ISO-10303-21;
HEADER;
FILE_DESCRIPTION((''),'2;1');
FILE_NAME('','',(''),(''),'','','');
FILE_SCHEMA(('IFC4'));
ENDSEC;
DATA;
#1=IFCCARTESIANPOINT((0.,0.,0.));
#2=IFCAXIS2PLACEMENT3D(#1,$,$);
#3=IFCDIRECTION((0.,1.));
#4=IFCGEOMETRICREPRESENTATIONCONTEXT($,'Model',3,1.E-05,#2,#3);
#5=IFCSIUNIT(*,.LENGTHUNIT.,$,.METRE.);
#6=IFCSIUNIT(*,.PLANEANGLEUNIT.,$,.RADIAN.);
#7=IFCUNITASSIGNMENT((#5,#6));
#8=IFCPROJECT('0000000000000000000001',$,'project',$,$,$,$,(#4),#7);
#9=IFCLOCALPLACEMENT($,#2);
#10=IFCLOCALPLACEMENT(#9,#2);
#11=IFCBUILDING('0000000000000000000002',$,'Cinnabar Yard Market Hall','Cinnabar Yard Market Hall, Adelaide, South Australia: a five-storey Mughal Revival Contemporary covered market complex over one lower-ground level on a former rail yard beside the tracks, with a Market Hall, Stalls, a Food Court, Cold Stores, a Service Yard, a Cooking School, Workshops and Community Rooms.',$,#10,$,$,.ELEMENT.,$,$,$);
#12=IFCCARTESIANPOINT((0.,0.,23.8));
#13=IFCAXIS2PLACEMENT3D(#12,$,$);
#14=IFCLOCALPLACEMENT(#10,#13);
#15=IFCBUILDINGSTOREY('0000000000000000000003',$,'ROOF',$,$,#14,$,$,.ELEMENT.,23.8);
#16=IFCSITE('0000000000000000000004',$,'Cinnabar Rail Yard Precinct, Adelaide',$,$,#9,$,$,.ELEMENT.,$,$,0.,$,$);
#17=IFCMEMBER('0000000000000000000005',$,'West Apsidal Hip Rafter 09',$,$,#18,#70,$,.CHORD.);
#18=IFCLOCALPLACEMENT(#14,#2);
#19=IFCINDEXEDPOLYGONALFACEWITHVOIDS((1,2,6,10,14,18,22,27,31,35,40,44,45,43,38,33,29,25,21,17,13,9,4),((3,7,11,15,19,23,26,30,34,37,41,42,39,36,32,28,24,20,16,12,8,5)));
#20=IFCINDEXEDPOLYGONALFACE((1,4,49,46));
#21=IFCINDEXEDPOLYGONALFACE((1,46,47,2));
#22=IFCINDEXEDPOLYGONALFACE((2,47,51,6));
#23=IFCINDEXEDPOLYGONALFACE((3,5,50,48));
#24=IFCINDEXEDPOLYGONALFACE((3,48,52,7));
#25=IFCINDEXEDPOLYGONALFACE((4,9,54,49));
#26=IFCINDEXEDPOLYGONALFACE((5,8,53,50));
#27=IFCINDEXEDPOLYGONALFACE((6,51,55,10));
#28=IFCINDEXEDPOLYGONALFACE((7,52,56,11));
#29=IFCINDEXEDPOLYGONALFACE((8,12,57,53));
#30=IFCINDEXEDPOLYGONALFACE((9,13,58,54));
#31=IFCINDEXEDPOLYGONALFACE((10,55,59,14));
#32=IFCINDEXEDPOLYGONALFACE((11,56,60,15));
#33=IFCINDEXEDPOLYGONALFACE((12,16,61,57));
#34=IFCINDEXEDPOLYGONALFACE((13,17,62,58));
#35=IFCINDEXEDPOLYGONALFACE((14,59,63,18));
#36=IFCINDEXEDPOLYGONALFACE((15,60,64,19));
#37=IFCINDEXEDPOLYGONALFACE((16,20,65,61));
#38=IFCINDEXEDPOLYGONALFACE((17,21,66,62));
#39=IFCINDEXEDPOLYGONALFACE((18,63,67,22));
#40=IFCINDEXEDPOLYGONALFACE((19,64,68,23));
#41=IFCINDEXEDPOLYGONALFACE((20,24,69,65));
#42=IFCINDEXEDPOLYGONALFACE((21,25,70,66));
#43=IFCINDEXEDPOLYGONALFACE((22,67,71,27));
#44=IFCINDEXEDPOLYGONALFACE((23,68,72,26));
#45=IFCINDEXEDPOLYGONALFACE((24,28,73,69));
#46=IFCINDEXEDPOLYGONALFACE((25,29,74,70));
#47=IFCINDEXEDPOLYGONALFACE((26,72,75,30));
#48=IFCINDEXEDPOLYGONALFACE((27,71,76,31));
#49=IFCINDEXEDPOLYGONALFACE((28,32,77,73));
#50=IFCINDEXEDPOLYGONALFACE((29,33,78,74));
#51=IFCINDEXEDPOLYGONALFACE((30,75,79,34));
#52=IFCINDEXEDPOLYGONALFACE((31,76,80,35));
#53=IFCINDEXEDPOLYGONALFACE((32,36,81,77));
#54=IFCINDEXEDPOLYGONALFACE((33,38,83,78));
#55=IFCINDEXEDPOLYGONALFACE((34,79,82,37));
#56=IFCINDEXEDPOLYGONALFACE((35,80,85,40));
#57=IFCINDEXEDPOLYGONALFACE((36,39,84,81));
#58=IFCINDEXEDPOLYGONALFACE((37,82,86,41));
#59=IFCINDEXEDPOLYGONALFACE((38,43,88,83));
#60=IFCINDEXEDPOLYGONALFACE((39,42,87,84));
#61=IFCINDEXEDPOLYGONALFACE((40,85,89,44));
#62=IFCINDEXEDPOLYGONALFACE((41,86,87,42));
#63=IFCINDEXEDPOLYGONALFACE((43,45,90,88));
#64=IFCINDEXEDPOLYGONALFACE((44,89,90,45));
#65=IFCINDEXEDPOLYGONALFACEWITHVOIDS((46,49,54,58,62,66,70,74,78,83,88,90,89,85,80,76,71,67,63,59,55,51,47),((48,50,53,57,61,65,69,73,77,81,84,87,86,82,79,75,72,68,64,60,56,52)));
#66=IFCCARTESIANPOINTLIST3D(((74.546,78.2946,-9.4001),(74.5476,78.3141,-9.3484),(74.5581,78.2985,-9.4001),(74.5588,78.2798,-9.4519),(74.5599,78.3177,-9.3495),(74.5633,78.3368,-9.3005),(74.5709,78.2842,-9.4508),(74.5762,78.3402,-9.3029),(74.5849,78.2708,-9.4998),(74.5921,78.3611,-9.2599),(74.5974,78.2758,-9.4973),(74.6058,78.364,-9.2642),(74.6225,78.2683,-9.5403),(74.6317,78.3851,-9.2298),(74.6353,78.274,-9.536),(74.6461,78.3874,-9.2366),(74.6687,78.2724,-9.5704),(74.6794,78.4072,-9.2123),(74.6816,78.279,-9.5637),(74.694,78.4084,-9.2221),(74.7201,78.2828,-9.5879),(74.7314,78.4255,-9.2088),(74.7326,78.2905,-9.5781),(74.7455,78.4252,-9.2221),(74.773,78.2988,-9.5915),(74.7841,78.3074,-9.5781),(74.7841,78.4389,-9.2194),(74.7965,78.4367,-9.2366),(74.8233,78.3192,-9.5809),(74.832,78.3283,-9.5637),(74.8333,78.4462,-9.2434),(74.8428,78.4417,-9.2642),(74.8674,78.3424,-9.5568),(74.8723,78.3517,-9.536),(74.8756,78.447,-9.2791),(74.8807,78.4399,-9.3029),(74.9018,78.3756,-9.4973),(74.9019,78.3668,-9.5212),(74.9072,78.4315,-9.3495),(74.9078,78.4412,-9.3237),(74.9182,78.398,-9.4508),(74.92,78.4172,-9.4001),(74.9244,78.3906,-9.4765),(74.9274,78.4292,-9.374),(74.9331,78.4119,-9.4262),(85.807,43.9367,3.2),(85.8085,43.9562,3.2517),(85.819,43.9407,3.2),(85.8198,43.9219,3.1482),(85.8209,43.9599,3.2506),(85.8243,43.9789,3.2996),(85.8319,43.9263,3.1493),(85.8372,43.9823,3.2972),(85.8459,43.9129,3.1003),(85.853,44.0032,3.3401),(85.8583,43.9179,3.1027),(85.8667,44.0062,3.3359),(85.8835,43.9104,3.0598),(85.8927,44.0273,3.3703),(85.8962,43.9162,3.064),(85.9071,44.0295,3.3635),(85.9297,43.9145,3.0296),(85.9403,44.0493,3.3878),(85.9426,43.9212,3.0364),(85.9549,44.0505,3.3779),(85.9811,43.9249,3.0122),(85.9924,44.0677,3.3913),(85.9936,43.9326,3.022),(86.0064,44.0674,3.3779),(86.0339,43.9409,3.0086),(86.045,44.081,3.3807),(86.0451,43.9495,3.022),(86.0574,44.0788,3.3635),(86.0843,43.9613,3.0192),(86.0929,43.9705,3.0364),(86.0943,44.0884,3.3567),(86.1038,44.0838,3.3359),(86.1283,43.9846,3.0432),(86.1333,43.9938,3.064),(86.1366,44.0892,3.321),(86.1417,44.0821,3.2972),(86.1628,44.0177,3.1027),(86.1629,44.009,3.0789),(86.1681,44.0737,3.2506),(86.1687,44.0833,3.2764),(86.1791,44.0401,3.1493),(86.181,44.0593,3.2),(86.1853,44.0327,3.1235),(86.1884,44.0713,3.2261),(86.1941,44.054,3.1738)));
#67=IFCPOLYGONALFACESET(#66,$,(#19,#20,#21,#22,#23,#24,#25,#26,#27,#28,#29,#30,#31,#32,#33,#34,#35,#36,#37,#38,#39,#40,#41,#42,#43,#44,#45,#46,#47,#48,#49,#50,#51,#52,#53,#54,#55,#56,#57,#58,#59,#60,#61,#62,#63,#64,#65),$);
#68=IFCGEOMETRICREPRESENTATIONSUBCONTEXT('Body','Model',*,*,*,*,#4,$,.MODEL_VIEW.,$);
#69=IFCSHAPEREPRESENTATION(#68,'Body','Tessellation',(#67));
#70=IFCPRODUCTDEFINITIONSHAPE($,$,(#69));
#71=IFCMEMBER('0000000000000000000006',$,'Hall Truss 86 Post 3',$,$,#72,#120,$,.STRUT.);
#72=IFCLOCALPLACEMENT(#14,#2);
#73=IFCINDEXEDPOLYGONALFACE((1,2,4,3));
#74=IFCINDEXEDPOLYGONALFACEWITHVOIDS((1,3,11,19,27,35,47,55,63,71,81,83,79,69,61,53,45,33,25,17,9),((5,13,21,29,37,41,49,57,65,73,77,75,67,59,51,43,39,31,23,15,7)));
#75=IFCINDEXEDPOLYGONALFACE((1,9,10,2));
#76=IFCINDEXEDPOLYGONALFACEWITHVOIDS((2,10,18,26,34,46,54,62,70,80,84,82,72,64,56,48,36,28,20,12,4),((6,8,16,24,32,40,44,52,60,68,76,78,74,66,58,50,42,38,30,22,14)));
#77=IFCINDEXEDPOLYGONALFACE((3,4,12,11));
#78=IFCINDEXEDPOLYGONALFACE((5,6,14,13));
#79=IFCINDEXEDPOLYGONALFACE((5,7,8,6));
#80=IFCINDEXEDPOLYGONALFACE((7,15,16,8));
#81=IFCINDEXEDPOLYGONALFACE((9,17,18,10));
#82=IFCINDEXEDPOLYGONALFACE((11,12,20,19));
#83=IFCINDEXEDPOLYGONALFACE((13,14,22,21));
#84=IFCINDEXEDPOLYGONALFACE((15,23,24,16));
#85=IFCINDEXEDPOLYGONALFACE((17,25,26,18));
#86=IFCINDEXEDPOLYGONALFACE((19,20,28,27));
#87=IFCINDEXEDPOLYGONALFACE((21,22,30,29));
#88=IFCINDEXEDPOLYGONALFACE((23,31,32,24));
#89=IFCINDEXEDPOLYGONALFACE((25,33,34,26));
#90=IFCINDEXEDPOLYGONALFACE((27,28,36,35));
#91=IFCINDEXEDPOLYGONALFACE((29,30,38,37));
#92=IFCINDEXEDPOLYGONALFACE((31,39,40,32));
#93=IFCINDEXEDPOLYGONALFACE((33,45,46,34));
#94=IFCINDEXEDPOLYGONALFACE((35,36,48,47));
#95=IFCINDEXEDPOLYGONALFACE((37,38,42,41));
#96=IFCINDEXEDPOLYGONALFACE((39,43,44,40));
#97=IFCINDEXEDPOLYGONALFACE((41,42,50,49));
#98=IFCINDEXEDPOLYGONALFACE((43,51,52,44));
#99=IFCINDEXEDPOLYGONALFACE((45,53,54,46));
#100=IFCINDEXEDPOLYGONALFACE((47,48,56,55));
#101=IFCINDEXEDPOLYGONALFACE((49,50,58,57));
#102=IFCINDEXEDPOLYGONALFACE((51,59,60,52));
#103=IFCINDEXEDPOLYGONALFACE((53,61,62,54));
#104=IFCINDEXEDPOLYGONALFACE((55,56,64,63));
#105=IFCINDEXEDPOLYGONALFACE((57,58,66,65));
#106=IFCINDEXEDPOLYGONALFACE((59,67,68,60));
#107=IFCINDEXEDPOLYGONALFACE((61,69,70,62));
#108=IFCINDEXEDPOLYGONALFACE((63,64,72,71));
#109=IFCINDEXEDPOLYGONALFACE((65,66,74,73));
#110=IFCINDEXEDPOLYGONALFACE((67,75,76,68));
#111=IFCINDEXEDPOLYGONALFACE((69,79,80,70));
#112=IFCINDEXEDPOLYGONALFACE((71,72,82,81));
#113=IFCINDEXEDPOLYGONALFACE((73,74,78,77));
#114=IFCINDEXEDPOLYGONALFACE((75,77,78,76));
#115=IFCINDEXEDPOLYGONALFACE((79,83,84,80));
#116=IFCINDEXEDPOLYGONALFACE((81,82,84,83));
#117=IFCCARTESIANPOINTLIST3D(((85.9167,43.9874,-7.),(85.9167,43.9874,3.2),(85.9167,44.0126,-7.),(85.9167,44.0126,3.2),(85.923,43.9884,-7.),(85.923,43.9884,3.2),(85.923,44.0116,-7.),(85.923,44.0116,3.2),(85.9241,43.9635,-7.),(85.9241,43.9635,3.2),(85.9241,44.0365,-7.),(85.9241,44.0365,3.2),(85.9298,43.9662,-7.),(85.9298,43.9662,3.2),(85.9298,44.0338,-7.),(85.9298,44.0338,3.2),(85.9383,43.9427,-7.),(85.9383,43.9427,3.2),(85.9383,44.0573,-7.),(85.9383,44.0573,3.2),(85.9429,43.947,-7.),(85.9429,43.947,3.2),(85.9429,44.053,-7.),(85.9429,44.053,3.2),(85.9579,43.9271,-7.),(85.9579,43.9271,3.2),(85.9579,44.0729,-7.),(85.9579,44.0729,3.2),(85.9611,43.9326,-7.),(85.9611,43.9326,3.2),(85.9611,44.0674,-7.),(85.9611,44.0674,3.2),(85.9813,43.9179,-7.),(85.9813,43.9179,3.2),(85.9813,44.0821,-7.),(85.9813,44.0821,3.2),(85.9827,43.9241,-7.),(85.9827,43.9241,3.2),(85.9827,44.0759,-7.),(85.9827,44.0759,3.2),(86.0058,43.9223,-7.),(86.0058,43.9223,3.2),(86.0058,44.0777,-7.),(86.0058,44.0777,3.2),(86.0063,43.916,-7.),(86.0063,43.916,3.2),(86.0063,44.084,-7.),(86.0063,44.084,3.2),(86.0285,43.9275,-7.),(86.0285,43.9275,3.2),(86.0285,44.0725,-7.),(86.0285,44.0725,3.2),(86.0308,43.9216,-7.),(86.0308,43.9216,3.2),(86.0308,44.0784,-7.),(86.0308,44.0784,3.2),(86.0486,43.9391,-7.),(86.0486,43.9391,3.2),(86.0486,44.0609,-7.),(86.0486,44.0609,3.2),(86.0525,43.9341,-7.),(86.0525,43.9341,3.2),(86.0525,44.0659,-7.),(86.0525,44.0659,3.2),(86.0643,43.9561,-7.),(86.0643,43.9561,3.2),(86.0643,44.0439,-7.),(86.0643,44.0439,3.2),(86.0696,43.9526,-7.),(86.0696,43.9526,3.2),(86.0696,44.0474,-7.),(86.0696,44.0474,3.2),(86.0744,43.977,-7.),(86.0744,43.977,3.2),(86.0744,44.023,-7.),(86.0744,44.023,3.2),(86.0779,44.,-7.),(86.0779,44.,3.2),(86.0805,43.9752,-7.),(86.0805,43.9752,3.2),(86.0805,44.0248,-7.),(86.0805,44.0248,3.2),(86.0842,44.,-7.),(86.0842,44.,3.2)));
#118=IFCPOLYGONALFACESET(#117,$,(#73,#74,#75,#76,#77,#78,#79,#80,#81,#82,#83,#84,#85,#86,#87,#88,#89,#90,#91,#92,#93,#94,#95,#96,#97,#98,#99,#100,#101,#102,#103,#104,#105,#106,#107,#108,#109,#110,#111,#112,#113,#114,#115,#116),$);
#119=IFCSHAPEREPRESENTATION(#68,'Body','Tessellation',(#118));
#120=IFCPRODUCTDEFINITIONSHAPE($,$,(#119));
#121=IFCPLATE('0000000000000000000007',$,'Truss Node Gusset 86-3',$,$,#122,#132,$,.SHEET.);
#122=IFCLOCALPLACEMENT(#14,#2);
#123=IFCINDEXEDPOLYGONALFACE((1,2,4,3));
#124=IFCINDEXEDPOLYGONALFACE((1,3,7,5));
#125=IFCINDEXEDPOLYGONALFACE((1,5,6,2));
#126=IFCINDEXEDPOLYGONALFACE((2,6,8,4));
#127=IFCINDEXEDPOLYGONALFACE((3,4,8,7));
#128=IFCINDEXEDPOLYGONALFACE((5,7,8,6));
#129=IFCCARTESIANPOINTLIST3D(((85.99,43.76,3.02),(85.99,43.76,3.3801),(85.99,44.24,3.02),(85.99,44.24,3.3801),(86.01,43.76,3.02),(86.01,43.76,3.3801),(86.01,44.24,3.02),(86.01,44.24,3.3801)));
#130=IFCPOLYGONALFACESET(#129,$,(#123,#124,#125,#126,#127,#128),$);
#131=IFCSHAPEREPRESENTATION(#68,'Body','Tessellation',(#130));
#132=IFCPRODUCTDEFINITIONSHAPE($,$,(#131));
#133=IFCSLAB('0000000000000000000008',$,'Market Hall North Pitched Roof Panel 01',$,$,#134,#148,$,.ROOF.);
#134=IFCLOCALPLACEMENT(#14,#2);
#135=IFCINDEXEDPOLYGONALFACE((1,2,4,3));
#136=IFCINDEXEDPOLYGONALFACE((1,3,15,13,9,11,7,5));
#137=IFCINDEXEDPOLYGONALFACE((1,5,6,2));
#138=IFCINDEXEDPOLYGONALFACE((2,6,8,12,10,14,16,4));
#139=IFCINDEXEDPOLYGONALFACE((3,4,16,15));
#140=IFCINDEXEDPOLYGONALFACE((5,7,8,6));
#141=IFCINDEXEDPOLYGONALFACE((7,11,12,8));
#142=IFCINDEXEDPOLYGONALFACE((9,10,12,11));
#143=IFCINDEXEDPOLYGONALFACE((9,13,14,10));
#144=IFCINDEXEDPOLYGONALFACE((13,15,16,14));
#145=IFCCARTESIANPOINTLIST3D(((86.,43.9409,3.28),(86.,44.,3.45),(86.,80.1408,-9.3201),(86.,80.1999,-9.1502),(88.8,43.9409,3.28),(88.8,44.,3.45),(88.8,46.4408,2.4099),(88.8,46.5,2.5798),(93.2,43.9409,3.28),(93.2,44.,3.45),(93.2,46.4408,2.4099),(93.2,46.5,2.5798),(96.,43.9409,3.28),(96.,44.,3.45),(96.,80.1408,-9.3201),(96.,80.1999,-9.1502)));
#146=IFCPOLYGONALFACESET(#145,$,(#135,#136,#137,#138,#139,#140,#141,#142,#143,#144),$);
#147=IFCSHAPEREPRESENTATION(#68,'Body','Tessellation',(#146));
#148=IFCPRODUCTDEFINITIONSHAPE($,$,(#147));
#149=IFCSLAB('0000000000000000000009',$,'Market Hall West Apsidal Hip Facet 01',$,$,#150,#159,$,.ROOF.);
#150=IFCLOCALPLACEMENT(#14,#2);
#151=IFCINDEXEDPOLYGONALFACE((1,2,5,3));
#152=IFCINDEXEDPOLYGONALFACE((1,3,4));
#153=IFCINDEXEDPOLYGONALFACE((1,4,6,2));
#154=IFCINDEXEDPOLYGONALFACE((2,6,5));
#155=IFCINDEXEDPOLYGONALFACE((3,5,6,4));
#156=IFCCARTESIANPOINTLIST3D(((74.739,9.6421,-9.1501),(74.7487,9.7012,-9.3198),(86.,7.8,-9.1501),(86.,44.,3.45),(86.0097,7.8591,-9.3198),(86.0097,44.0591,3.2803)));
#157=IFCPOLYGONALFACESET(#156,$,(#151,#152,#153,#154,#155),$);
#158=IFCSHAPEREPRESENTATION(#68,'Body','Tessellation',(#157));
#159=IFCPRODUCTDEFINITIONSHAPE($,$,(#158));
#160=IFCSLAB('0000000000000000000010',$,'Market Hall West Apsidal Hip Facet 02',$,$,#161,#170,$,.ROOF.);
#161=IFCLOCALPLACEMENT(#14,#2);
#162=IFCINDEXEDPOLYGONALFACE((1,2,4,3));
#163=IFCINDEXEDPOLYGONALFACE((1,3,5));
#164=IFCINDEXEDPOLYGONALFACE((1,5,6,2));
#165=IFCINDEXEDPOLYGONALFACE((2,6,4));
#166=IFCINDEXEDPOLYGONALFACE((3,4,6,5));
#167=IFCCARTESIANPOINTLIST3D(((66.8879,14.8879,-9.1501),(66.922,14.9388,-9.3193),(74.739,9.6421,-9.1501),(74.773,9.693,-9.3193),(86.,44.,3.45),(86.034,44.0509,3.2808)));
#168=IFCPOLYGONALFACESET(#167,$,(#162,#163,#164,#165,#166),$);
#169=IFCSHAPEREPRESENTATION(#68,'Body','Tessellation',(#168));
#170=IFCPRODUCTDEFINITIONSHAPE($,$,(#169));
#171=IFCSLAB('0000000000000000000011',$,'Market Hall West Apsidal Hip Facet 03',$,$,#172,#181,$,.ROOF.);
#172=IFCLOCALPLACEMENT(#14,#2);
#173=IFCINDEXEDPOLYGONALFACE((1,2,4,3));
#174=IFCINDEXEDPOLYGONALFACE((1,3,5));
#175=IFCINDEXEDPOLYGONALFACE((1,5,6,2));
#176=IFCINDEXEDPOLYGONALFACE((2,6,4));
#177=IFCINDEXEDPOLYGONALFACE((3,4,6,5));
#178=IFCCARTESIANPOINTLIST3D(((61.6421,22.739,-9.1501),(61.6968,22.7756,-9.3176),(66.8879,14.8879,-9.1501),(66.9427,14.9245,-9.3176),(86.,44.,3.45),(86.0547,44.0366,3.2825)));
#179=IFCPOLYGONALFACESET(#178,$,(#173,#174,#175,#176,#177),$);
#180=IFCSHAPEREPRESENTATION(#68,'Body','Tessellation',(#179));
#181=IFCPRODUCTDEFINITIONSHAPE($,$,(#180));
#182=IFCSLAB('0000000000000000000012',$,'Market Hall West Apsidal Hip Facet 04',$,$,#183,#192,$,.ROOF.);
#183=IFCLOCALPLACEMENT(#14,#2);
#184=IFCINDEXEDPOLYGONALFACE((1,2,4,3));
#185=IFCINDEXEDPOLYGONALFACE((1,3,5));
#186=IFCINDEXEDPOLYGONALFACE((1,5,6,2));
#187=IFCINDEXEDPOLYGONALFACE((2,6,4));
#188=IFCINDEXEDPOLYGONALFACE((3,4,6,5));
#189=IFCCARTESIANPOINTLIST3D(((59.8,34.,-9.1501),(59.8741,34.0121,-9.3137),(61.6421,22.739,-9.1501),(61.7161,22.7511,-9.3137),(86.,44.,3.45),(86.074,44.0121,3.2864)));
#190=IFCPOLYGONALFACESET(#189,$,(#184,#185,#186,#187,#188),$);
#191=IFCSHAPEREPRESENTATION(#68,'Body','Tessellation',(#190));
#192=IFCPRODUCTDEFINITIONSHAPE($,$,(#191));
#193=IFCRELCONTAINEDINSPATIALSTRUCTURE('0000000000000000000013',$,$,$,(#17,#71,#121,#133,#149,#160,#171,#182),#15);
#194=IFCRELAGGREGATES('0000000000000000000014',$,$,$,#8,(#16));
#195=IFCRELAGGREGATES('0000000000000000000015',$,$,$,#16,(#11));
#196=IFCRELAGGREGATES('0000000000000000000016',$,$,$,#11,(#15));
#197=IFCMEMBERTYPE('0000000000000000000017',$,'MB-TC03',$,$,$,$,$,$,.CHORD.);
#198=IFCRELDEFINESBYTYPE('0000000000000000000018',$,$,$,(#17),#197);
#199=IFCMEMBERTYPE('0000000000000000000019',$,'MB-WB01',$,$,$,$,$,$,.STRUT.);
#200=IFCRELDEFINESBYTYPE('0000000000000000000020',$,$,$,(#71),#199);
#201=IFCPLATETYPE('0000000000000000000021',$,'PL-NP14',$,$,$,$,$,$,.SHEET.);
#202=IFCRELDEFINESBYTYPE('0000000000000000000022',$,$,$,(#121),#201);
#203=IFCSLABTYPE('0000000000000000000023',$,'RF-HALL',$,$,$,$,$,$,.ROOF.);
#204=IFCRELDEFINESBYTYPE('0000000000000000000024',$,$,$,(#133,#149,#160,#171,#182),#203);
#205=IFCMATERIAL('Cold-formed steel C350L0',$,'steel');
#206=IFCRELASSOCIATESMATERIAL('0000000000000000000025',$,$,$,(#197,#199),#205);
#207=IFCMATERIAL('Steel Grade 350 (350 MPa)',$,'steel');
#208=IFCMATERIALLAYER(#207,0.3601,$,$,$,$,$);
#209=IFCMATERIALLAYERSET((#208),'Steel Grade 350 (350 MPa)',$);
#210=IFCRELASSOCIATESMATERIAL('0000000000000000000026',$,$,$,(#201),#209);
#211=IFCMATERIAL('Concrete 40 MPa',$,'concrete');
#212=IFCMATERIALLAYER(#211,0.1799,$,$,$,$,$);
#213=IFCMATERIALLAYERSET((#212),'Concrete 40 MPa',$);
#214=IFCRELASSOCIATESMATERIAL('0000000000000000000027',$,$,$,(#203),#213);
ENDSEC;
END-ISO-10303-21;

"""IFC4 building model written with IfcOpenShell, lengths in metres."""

from ifc_helpers import new_model, si_unit, direction, frame, origin, origin_2d_with_axis, place, context, subcontext, project, spatial, polyline, rectangle, hollow_circle, outline, extrude, material, layer, layer_set, material_profile, profile_set, type_object, element, save


model = new_model("IFC4")

# Units and contexts
model_context = context("Model", 3, precision=1e-05, world=origin(), true_north=direction((0.0, 1.0)))
body_context = subcontext(model_context, "Body", "Model", "MODEL_VIEW")
ifc_project = project(units=[si_unit("LENGTHUNIT", "METRE"), si_unit("PLANEANGLEUNIT", "RADIAN")], contexts=[model_context])

# Site, building, storey
site_placement = place(None, origin())
site = spatial("IfcSite", under=ifc_project, at=site_placement, Name="Cinnabar Rail Yard Precinct, Adelaide", CompositionType="ELEMENT", RefElevation=0.0)
building_placement = place(site_placement, origin())
building = spatial("IfcBuilding", under=site, at=building_placement, Name="Cinnabar Yard Market Hall", Description="Cinnabar Yard Market Hall, Adelaide, South Australia: a five-storey Mughal Revival Contemporary covered market complex over one lower-ground level on a former rail yard beside the tracks, with a Market Hall, Stalls, a Food Court, Cold Stores, a Service Yard, a Cooking School, Workshops and Community Rooms.", CompositionType="ELEMENT")
storey_placement = place(building_placement, frame((0.0, 0.0, 23.8)))
storey = spatial("IfcBuildingStorey", under=building, at=storey_placement, Name="ROOF", CompositionType="ELEMENT", Elevation=23.8)

# Members
ifc_material_1 = material(Name="Cold-formed steel C350L0", Category="steel")
ifc_material_profile_1 = material_profile(ifc_material_1, hollow_circle(Radius=0.2031, WallThickness=0.0127, at=origin_2d_with_axis()), Name="406.4x12.7CHS")
ifc_profile_set_1 = profile_set([ifc_material_profile_1], Name="Cold-formed steel C350L0")
member_type_1 = type_object("IfcMemberType", Name="MB-TC03", PredefinedType="CHORD", material=ifc_profile_set_1)
member_1_placement = place(storey_placement, frame((86.0, 44.0, 3.2), z_axis=(-0.294106, 0.897334, -0.32908), x_axis=(-0.950261, -0.311453, 0.0)))
element("IfcMember", 1, at=member_1_placement, inside=storey, type_object=member_type_1, Name="West Apsidal Hip Rafter 09", PredefinedType="CHORD", context=body_context, shape_type="SweptSolid", body=[
    extrude(hollow_circle(Radius=0.2031, WallThickness=0.0127, at=origin_2d_with_axis()), origin(), (0.0, 0.0, 1.0), 38.2888),
])
ifc_material_profile_2 = material_profile(ifc_material_1, hollow_circle(Radius=0.0842, WallThickness=0.0063, at=origin_2d_with_axis()), Name="168.3x6.4CHS")
ifc_profile_set_2 = profile_set([ifc_material_profile_2], Name="Cold-formed steel C350L0")
member_type_2 = type_object("IfcMemberType", Name="MB-WB01", PredefinedType="STRUT", material=ifc_profile_set_2)
member_2_placement = place(storey_placement, frame((86.0, 44.0, -7.0), z_axis=(0.0, 0.0, 1.0), x_axis=(1.0, 0.0, 0.0)))
element("IfcMember", 2, at=member_2_placement, inside=storey, type_object=member_type_2, Name="Hall Truss 86 Post 3", PredefinedType="STRUT", context=body_context, shape_type="SweptSolid", body=[
    extrude(hollow_circle(Radius=0.0842, WallThickness=0.0063, at=origin_2d_with_axis()), origin(), (0.0, 0.0, 1.0), 10.2),
])

# Plate
ifc_material_2 = material(Name="Steel Grade 350 (350 MPa)", Category="steel")
ifc_layer_1 = layer(ifc_material_2, 0.3601)
ifc_layer_set_1 = layer_set([ifc_layer_1], Name="Steel Grade 350 (350 MPa)")
plate_type = type_object("IfcPlateType", Name="PL-NP14", PredefinedType="SHEET", material=ifc_layer_set_1)
plate_placement = place(storey_placement, frame((86.0, 44.0, 3.02), z_axis=(0.0, 0.0, 1.0), x_axis=(1.0, 0.0, 0.0)))
element("IfcPlate", 3, at=plate_placement, inside=storey, type_object=plate_type, Name="Truss Node Gusset 86-3", PredefinedType="SHEET", context=body_context, shape_type="SweptSolid", body=[
    extrude(rectangle(XDim=0.02, YDim=0.48, at=origin_2d_with_axis()), origin(), (0.0, 0.0, 1.0), 0.3601),
])

# Slabs
ifc_material_3 = material(Name="Concrete 40 MPa", Category="concrete")
ifc_layer_2 = layer(ifc_material_3, 0.1799)
ifc_layer_set_2 = layer_set([ifc_layer_2], Name="Concrete 40 MPa")
slab_type = type_object("IfcSlabType", Name="RF-HALL", PredefinedType="ROOF", material=ifc_layer_set_2)
slab_1_placement = place(storey_placement, frame((86.0, 44.0, 3.45), z_axis=(0.0, 0.328726, 0.944425), x_axis=(1.0, 0.0, 0.0)))
element("IfcSlab", 4, at=slab_1_placement, inside=storey, type_object=slab_type, Name="Market Hall North Pitched Roof Panel 01", PredefinedType="ROOF", context=body_context, shape_type="SweptSolid", body=[
    extrude(outline(polyline([(0.0, 0.0), (2.8, 0.0), (2.8, 2.6471), (7.2, 2.6471), (7.2, 0.0), (10.0, 0.0), (10.0, 38.3301), (0.0, 38.3301), (0.0, 0.0)])), origin(), (0.0, 0.0, -1.0), 0.1799),
])
slab_2_placement = place(storey_placement, frame((86.0, 44.0, 3.45), z_axis=(-0.053694, -0.328251, 0.943063), x_axis=(-0.294106, -0.897334, -0.32908)))
element("IfcSlab", 5, at=slab_2_placement, inside=storey, type_object=slab_type, Name="Market Hall West Apsidal Hip Facet 01", PredefinedType="ROOF", context=body_context, shape_type="SweptSolid", body=[
    extrude(outline(polyline([(0.0, 0.0), (38.2889, 0.0), (36.6299, 11.2894), (0.0, 0.0)])), origin(), (0.0, 0.0, -1.0), 0.1799),
])
slab_3_placement = place(storey_placement, frame((86.0, 44.0, 3.45), z_axis=(-0.189024, -0.282898, 0.94034), x_axis=(-0.516063, -0.786082, -0.340227)))
element("IfcSlab", 6, at=slab_3_placement, inside=storey, type_object=slab_type, Name="Market Hall West Apsidal Hip Facet 02", PredefinedType="ROOF", context=body_context, shape_type="SweptSolid", body=[
    extrude(outline(polyline([(0.0, 0.0), (37.0344, 0.0), (37.1064, 9.4421), (0.0, 0.0)])), origin(), (0.0, 0.0, -1.0), 0.1799),
])
slab_4_placement = place(storey_placement, frame((86.0, 44.0, 3.45), z_axis=(-0.304097, -0.203189, 0.93072), x_axis=(-0.701954, -0.612706, -0.363114)))
element("IfcSlab", 7, at=slab_4_placement, inside=storey, type_object=slab_type, Name="Market Hall West Apsidal Hip Facet 03", PredefinedType="ROOF", context=body_context, shape_type="SweptSolid", body=[
    extrude(outline(polyline([(0.0, 0.0), (34.7001, 0.0), (35.8282, 9.3747), (0.0, 0.0)])), origin(), (0.0, 0.0, -1.0), 0.1799),
])
slab_5_placement = place(storey_placement, frame((86.0, 44.0, 3.45), z_axis=(-0.411443, -0.067303, 0.908947), x_axis=(-0.852194, -0.325266, -0.409838)))
element("IfcSlab", 8, at=slab_5_placement, inside=storey, type_object=slab_type, Name="Market Hall West Apsidal Hip Facet 04", PredefinedType="ROOF", context=body_context, shape_type="SweptSolid", body=[
    extrude(outline(polyline([(0.0, 0.0), (30.7441, 0.0), (32.8371, 11.217), (0.0, 0.0)])), origin(), (0.0, 0.0, -1.0), 0.1799),
])

save(model, "model.ifc")
